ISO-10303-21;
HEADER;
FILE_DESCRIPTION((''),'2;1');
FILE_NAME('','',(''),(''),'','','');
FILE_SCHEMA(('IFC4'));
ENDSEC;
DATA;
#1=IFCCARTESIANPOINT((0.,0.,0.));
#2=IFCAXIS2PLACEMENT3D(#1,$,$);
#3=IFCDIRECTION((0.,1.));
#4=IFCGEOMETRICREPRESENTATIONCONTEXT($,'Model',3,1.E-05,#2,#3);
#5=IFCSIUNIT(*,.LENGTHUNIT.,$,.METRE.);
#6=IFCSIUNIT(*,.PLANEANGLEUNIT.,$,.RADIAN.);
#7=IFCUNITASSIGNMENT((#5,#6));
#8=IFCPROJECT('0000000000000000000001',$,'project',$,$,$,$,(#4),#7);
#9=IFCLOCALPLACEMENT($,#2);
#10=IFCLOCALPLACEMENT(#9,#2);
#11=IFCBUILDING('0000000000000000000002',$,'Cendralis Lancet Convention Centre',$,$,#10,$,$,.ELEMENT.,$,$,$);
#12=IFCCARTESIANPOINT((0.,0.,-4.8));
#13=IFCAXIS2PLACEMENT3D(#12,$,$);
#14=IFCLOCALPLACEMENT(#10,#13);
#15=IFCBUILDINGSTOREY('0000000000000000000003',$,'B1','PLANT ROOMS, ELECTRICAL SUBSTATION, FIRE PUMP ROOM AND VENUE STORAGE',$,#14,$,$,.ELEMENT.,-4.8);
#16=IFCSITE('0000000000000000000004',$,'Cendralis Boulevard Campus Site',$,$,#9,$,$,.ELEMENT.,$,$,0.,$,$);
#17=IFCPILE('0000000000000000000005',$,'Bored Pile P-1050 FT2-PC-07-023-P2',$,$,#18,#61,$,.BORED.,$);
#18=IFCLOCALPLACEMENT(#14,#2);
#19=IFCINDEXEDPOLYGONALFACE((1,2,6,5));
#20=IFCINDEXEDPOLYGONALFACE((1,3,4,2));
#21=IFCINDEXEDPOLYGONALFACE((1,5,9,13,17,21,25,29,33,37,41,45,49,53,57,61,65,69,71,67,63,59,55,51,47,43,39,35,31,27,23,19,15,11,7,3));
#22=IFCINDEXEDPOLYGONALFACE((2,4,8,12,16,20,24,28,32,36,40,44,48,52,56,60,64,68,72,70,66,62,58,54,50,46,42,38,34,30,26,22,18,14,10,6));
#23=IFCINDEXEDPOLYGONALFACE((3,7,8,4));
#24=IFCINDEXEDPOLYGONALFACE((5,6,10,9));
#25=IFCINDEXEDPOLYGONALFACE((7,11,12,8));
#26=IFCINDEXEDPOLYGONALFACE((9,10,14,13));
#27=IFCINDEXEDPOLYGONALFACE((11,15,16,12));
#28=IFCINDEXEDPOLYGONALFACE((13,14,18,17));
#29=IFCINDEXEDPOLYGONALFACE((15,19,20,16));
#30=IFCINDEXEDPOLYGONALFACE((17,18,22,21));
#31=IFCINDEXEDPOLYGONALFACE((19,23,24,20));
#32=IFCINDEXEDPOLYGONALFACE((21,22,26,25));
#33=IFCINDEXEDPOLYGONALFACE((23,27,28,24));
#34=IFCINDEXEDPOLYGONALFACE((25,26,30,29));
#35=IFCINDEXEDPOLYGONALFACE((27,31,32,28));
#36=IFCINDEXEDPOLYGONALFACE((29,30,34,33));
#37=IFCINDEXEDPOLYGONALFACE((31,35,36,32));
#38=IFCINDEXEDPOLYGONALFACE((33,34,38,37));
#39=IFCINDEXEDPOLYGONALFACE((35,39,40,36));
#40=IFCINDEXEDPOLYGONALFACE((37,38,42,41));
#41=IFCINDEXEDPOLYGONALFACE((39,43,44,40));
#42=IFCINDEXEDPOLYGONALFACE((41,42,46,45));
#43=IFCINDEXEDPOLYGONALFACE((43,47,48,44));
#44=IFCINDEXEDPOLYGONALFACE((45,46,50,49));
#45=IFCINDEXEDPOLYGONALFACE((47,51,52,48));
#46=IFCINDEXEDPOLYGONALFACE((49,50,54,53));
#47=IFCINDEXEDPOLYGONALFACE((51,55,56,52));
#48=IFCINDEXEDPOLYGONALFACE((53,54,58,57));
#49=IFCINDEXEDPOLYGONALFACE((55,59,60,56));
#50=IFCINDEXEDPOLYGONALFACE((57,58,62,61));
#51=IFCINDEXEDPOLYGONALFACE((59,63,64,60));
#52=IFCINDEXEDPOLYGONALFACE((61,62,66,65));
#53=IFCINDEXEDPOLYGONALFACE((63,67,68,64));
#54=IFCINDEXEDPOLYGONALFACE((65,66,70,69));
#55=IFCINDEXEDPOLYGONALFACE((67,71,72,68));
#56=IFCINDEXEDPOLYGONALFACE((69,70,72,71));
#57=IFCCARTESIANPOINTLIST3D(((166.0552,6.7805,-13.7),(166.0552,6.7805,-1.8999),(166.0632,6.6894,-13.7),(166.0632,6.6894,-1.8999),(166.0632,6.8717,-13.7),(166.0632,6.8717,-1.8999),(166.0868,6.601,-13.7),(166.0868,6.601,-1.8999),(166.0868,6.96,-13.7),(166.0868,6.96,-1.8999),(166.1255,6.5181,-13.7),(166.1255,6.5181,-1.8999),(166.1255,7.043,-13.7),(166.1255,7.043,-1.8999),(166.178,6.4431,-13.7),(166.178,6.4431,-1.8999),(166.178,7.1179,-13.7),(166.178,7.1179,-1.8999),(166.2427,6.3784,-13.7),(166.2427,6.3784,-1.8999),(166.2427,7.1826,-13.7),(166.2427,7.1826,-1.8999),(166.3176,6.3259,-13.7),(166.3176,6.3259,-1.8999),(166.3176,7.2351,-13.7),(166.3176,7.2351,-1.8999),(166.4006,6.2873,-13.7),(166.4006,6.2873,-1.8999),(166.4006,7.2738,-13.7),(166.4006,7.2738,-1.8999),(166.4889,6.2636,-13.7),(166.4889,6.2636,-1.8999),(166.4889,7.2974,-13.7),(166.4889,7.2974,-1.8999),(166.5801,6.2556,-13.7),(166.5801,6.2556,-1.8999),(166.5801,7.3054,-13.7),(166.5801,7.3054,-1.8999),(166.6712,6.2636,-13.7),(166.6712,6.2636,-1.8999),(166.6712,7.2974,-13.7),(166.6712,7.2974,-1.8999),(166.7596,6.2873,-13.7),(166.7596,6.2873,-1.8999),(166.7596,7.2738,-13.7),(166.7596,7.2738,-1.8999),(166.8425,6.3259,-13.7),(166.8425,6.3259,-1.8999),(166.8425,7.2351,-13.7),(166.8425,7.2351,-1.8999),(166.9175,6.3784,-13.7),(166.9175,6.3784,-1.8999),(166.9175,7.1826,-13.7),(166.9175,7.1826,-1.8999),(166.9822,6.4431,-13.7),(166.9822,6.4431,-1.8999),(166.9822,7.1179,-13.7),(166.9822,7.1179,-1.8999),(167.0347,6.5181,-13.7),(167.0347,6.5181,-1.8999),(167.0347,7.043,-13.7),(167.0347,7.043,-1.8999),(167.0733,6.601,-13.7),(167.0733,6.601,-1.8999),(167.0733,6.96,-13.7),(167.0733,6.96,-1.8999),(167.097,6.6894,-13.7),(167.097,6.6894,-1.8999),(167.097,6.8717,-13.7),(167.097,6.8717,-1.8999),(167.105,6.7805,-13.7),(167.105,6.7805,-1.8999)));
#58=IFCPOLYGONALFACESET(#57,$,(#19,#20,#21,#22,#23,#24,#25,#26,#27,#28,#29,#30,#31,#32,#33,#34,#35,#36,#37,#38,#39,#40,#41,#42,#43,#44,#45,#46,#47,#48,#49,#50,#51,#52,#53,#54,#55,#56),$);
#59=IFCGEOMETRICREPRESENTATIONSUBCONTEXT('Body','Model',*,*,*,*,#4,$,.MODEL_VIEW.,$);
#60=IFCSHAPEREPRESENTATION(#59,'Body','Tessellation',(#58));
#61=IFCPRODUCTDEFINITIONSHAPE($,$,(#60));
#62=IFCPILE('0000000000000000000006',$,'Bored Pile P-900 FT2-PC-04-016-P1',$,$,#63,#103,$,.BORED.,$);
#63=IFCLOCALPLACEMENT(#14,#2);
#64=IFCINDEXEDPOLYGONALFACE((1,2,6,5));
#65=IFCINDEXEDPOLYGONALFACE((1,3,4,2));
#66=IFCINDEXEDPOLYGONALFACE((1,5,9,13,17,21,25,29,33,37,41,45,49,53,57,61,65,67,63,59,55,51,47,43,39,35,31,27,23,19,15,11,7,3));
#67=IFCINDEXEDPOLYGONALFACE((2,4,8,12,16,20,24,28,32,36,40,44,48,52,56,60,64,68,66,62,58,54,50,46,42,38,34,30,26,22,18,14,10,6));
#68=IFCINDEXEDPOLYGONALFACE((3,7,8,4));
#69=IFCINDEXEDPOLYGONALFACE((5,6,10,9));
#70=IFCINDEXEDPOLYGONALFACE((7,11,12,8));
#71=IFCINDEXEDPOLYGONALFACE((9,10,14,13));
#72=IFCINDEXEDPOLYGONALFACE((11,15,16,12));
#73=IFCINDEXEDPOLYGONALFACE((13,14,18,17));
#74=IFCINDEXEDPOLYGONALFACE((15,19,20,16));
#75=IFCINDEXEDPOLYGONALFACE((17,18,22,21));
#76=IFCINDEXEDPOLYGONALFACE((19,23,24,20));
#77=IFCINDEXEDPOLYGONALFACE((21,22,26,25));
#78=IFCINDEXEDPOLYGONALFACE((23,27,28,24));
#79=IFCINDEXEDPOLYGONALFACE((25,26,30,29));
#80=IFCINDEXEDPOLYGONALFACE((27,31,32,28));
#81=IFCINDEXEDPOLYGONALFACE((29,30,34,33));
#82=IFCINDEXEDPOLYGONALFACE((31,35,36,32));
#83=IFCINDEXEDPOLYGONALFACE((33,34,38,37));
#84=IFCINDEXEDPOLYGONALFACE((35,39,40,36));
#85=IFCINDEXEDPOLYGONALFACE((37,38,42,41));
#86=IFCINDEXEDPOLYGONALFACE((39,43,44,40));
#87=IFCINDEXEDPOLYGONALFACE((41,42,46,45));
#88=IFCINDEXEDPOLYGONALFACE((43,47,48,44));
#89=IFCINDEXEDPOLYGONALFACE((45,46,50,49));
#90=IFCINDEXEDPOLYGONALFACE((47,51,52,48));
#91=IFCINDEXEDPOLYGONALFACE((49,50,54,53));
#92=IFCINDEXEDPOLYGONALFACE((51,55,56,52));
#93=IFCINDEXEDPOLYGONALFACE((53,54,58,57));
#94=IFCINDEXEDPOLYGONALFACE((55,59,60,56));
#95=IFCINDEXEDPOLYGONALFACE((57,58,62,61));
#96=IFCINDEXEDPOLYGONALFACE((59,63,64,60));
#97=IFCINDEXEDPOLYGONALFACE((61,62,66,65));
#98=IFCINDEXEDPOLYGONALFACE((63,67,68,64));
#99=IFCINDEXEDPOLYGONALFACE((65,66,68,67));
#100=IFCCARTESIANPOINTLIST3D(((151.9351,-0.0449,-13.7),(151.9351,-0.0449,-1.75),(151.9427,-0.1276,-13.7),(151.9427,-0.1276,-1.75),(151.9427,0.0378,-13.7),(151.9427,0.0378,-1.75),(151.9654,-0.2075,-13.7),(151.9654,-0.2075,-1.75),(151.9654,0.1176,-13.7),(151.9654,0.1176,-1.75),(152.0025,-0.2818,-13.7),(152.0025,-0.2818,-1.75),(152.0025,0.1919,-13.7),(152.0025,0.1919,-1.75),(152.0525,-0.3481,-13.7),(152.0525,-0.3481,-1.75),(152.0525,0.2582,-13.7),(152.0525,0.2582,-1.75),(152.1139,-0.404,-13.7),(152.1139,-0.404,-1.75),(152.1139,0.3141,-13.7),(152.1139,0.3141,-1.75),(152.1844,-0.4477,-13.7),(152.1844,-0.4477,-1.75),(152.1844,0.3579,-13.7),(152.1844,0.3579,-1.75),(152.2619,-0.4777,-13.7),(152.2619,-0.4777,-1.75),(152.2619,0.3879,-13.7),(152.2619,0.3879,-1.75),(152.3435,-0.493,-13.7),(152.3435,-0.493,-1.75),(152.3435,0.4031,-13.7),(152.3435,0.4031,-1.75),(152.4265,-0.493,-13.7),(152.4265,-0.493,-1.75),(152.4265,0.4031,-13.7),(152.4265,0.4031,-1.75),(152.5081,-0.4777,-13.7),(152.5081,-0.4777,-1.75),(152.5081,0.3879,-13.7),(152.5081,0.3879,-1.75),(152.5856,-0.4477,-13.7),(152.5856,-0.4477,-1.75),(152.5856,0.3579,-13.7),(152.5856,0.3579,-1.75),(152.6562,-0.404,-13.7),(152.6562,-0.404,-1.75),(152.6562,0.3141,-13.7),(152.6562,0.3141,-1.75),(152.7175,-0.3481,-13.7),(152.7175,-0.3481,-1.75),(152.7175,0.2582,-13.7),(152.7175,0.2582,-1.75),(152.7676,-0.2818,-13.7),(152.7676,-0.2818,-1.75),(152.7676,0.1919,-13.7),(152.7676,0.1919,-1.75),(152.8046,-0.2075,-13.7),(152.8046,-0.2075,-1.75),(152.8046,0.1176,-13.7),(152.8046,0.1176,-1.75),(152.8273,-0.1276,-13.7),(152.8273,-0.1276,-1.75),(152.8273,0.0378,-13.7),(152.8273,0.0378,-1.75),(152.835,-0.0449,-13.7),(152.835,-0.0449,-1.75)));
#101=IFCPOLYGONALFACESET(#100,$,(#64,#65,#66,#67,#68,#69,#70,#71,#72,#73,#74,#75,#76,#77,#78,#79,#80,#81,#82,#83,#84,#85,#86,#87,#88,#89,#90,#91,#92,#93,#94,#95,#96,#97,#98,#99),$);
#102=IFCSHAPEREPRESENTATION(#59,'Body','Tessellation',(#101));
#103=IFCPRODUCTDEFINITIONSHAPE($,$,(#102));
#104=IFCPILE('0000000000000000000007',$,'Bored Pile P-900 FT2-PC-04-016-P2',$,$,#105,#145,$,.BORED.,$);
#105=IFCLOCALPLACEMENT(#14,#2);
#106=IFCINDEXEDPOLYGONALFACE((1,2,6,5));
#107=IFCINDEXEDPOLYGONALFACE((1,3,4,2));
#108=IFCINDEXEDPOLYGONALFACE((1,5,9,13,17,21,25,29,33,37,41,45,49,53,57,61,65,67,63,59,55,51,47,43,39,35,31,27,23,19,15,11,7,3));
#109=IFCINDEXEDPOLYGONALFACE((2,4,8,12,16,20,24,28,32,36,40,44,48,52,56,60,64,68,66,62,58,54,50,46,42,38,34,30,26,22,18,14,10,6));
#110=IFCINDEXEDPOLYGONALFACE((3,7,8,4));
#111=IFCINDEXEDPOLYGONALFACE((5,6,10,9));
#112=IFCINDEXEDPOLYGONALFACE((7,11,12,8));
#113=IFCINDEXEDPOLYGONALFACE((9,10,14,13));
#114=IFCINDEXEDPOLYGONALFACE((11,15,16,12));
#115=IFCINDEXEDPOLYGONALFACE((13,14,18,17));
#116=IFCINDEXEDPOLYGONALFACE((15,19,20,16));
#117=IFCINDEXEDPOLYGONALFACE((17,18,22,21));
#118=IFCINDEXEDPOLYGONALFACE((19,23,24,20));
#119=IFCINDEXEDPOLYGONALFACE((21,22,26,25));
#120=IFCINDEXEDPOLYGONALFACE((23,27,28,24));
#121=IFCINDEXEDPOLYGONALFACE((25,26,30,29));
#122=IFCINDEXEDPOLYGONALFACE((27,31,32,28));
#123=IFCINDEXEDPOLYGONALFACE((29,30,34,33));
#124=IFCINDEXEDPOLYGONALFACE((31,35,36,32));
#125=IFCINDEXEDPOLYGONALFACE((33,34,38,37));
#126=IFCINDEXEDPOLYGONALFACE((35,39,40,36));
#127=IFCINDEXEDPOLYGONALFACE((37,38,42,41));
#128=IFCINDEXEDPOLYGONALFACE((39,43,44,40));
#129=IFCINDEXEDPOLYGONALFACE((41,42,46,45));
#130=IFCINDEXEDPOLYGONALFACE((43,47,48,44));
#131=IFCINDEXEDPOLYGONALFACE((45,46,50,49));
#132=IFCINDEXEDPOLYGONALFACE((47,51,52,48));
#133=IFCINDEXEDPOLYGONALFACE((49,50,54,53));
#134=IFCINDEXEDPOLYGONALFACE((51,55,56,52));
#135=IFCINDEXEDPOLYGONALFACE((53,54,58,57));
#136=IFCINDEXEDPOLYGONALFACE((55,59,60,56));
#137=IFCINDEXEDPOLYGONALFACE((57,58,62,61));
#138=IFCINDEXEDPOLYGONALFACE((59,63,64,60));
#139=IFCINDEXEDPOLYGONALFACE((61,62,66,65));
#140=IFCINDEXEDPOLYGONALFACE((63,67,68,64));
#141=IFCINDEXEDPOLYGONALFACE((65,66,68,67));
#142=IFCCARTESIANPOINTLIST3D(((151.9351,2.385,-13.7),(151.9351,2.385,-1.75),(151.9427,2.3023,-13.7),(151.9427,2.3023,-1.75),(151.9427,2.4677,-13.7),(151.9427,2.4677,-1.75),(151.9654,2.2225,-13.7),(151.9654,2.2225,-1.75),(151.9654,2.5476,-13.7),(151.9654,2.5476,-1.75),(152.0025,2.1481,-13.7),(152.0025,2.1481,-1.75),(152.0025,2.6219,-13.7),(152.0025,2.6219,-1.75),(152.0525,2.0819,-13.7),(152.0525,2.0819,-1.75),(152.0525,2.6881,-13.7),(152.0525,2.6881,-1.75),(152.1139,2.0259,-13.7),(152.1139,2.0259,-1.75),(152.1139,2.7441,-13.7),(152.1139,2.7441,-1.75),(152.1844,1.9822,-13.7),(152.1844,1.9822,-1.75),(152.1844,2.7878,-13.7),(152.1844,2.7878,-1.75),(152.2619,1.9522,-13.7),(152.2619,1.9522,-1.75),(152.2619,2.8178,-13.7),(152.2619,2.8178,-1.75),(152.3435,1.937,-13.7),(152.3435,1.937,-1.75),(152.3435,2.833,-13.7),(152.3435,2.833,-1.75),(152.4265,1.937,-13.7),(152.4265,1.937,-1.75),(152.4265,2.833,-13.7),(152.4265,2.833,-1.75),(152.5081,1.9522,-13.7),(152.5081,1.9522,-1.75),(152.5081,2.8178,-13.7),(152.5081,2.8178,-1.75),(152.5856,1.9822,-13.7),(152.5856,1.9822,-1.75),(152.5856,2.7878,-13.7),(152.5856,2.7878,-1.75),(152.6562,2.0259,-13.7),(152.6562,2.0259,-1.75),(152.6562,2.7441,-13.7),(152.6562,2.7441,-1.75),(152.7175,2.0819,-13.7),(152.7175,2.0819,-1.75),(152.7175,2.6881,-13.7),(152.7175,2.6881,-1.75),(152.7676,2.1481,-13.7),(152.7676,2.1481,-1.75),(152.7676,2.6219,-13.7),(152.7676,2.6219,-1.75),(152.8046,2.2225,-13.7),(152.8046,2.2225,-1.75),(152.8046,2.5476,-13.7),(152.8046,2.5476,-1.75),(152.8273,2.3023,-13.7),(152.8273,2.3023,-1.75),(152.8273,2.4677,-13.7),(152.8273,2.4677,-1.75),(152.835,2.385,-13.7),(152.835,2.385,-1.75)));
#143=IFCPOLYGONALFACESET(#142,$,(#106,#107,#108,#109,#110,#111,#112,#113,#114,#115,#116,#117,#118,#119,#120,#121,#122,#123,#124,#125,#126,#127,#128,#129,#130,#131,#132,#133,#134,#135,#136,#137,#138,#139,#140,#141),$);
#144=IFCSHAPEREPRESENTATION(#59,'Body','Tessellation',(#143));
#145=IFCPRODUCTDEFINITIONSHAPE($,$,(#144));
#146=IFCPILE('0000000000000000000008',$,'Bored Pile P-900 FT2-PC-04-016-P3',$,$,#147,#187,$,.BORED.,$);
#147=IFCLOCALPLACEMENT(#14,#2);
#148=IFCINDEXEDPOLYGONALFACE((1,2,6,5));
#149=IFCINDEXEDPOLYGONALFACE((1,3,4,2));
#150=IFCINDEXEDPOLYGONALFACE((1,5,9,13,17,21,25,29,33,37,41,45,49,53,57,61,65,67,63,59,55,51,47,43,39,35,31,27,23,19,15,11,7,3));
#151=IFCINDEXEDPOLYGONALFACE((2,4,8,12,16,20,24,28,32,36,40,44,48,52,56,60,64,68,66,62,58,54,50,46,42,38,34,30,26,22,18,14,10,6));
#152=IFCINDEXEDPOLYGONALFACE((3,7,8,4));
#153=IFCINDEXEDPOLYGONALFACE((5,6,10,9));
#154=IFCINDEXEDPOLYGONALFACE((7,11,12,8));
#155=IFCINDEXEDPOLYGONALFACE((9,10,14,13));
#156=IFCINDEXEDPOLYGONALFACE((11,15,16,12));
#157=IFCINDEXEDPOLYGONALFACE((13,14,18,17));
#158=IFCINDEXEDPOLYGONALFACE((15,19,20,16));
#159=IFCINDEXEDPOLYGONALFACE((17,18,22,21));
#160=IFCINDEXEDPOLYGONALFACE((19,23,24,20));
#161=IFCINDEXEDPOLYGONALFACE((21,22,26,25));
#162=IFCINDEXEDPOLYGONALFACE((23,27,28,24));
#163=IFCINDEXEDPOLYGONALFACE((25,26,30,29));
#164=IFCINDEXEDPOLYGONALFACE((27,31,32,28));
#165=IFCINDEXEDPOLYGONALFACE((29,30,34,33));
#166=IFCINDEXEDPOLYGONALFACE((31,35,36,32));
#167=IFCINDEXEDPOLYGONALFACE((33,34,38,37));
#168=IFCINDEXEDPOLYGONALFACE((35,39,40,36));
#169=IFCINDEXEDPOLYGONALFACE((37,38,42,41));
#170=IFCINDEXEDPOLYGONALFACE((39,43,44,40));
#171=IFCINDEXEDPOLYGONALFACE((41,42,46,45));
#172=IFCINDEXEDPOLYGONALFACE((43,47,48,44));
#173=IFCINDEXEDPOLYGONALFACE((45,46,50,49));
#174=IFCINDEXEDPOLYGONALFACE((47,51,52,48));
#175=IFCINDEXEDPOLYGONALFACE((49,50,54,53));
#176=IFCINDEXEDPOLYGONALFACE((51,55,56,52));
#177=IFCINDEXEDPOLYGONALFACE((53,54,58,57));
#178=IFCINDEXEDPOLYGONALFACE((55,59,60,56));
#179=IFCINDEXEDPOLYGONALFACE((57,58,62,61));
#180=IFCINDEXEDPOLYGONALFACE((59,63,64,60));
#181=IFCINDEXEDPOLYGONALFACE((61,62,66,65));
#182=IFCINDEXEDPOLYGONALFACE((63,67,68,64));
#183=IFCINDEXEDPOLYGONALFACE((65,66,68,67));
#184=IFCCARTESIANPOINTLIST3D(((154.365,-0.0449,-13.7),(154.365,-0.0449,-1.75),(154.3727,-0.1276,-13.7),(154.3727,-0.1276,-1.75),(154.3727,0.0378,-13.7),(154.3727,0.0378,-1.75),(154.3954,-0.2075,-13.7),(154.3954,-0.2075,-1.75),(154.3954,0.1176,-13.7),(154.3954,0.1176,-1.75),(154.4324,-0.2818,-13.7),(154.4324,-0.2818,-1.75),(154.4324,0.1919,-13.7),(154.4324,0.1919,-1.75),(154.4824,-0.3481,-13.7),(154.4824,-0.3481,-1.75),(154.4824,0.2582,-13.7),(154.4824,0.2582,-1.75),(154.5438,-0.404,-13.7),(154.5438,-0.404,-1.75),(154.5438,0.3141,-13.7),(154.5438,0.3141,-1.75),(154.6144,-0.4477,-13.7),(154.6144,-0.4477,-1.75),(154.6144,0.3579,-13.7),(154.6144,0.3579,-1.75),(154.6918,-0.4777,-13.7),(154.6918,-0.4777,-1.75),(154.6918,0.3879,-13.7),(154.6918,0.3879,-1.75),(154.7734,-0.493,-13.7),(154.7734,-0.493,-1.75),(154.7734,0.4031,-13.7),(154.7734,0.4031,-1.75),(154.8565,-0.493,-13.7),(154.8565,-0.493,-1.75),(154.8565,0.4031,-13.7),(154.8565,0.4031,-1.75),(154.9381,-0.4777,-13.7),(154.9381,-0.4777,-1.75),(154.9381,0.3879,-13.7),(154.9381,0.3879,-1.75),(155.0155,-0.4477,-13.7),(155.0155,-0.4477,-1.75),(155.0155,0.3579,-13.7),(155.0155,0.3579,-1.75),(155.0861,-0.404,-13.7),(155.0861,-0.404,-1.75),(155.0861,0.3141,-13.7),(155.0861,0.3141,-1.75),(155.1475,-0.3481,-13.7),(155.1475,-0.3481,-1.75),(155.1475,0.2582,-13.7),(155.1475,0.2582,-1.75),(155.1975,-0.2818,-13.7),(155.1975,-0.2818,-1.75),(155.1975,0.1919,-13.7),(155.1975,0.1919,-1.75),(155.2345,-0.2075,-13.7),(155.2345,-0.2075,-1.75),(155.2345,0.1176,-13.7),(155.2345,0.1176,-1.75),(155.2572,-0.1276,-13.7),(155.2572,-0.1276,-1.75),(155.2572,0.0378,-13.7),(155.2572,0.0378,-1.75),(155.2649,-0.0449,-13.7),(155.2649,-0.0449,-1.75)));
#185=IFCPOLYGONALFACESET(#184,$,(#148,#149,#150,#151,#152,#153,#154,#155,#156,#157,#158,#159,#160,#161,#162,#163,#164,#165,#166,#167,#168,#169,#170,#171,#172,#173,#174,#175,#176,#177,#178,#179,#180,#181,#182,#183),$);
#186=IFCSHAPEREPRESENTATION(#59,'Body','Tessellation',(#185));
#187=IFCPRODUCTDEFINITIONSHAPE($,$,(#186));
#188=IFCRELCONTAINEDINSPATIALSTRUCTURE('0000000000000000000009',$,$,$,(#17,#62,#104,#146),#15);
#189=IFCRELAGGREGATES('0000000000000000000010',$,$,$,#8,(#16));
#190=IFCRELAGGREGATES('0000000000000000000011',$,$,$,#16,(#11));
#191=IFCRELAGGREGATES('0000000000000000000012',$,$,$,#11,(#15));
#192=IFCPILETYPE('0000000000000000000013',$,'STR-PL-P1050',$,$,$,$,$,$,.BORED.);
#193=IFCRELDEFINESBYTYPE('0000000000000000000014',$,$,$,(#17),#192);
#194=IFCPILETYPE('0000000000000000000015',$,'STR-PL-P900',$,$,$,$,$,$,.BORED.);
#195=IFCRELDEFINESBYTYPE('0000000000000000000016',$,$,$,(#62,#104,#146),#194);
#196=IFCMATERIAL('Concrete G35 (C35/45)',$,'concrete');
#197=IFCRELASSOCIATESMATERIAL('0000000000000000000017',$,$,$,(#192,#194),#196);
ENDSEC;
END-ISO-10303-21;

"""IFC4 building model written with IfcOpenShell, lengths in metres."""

from ifc_helpers import new_model, si_unit, direction, frame, origin, origin_2d, place, context, subcontext, project, spatial, circle, extrude, material, material_profile, profile_set, type_object, element, save


model = new_model("IFC4")

# Units and contexts
model_context = context("Model", 3, precision=1e-05, world=origin(), true_north=direction((0.0, 1.0)))
body_context = subcontext(model_context, "Body", "Model", "MODEL_VIEW")
ifc_project = project(units=[si_unit("LENGTHUNIT", "METRE"), si_unit("PLANEANGLEUNIT", "RADIAN")], contexts=[model_context])

# Site, building, storey
site_placement = place(None, origin())
site = spatial("IfcSite", under=ifc_project, at=site_placement, Name="Cendralis Boulevard Campus Site", CompositionType="ELEMENT", RefElevation=0.0)
building_placement = place(site_placement, origin())
building = spatial("IfcBuilding", under=site, at=building_placement, Name="Cendralis Lancet Convention Centre", CompositionType="ELEMENT")
storey_placement = place(building_placement, frame((0.0, 0.0, -4.8)))
storey = spatial("IfcBuildingStorey", under=building, at=storey_placement, Name="B1", Description="PLANT ROOMS, ELECTRICAL SUBSTATION, FIRE PUMP ROOM AND VENUE STORAGE", CompositionType="ELEMENT", Elevation=-4.8)

# Shared definitions
ifc_material_1 = material(Name="Concrete G35 (C35/45)", Category="concrete")

# Piles
ifc_material_profile_1 = material_profile(ifc_material_1, circle(Radius=0.5249, at=origin_2d()), Name="BORED PILE D1050")
ifc_profile_set_1 = profile_set([ifc_material_profile_1], Name="Concrete G35 (C35/45)")
pile_type_1 = type_object("IfcPileType", Name="STR-PL-P1050", PredefinedType="BORED", material=ifc_profile_set_1)
for number, where, z_axis, x_axis, name in (
    (1, (166.5801, 6.7805, -1.8999), (0.0, 0.0, -1.0), (1.0, 0.0, 0.0), "Bored Pile P-1050 FT2-PC-07-023-P2"),
):
    element("IfcPile", number, at=place(storey_placement, frame(where, z_axis=z_axis, x_axis=x_axis)), inside=storey, type_object=pile_type_1, Name=name, PredefinedType="BORED", context=body_context, shape_type="SweptSolid", body=[
        extrude(circle(Radius=0.5249, at=origin_2d()), origin(), (0.0, 0.0, 1.0), 11.8),
    ])
ifc_material_profile_2 = material_profile(ifc_material_1, circle(Radius=0.45, at=origin_2d()), Name="BORED PILE D900")
ifc_profile_set_2 = profile_set([ifc_material_profile_2], Name="Concrete G35 (C35/45)")
pile_type_2 = type_object("IfcPileType", Name="STR-PL-P900", PredefinedType="BORED", material=ifc_profile_set_2)
for number, where, z_axis, x_axis, name in (
    (2, (152.385, -0.0449, -1.75), (0.0, 0.0, -1.0), (1.0, 0.0, 0.0), "Bored Pile P-900 FT2-PC-04-016-P1"),
    (3, (152.385, 2.385, -1.75), (0.0, 0.0, -1.0), (1.0, 0.0, 0.0), "Bored Pile P-900 FT2-PC-04-016-P2"),
    (4, (154.8149, -0.0449, -1.75), (0.0, 0.0, -1.0), (1.0, 0.0, 0.0), "Bored Pile P-900 FT2-PC-04-016-P3"),
):
    element("IfcPile", number, at=place(storey_placement, frame(where, z_axis=z_axis, x_axis=x_axis)), inside=storey, type_object=pile_type_2, Name=name, PredefinedType="BORED", context=body_context, shape_type="SweptSolid", body=[
        extrude(circle(Radius=0.45, at=origin_2d()), origin(), (0.0, 0.0, 1.0), 11.95),
    ])

save(model, "model.ifc")
